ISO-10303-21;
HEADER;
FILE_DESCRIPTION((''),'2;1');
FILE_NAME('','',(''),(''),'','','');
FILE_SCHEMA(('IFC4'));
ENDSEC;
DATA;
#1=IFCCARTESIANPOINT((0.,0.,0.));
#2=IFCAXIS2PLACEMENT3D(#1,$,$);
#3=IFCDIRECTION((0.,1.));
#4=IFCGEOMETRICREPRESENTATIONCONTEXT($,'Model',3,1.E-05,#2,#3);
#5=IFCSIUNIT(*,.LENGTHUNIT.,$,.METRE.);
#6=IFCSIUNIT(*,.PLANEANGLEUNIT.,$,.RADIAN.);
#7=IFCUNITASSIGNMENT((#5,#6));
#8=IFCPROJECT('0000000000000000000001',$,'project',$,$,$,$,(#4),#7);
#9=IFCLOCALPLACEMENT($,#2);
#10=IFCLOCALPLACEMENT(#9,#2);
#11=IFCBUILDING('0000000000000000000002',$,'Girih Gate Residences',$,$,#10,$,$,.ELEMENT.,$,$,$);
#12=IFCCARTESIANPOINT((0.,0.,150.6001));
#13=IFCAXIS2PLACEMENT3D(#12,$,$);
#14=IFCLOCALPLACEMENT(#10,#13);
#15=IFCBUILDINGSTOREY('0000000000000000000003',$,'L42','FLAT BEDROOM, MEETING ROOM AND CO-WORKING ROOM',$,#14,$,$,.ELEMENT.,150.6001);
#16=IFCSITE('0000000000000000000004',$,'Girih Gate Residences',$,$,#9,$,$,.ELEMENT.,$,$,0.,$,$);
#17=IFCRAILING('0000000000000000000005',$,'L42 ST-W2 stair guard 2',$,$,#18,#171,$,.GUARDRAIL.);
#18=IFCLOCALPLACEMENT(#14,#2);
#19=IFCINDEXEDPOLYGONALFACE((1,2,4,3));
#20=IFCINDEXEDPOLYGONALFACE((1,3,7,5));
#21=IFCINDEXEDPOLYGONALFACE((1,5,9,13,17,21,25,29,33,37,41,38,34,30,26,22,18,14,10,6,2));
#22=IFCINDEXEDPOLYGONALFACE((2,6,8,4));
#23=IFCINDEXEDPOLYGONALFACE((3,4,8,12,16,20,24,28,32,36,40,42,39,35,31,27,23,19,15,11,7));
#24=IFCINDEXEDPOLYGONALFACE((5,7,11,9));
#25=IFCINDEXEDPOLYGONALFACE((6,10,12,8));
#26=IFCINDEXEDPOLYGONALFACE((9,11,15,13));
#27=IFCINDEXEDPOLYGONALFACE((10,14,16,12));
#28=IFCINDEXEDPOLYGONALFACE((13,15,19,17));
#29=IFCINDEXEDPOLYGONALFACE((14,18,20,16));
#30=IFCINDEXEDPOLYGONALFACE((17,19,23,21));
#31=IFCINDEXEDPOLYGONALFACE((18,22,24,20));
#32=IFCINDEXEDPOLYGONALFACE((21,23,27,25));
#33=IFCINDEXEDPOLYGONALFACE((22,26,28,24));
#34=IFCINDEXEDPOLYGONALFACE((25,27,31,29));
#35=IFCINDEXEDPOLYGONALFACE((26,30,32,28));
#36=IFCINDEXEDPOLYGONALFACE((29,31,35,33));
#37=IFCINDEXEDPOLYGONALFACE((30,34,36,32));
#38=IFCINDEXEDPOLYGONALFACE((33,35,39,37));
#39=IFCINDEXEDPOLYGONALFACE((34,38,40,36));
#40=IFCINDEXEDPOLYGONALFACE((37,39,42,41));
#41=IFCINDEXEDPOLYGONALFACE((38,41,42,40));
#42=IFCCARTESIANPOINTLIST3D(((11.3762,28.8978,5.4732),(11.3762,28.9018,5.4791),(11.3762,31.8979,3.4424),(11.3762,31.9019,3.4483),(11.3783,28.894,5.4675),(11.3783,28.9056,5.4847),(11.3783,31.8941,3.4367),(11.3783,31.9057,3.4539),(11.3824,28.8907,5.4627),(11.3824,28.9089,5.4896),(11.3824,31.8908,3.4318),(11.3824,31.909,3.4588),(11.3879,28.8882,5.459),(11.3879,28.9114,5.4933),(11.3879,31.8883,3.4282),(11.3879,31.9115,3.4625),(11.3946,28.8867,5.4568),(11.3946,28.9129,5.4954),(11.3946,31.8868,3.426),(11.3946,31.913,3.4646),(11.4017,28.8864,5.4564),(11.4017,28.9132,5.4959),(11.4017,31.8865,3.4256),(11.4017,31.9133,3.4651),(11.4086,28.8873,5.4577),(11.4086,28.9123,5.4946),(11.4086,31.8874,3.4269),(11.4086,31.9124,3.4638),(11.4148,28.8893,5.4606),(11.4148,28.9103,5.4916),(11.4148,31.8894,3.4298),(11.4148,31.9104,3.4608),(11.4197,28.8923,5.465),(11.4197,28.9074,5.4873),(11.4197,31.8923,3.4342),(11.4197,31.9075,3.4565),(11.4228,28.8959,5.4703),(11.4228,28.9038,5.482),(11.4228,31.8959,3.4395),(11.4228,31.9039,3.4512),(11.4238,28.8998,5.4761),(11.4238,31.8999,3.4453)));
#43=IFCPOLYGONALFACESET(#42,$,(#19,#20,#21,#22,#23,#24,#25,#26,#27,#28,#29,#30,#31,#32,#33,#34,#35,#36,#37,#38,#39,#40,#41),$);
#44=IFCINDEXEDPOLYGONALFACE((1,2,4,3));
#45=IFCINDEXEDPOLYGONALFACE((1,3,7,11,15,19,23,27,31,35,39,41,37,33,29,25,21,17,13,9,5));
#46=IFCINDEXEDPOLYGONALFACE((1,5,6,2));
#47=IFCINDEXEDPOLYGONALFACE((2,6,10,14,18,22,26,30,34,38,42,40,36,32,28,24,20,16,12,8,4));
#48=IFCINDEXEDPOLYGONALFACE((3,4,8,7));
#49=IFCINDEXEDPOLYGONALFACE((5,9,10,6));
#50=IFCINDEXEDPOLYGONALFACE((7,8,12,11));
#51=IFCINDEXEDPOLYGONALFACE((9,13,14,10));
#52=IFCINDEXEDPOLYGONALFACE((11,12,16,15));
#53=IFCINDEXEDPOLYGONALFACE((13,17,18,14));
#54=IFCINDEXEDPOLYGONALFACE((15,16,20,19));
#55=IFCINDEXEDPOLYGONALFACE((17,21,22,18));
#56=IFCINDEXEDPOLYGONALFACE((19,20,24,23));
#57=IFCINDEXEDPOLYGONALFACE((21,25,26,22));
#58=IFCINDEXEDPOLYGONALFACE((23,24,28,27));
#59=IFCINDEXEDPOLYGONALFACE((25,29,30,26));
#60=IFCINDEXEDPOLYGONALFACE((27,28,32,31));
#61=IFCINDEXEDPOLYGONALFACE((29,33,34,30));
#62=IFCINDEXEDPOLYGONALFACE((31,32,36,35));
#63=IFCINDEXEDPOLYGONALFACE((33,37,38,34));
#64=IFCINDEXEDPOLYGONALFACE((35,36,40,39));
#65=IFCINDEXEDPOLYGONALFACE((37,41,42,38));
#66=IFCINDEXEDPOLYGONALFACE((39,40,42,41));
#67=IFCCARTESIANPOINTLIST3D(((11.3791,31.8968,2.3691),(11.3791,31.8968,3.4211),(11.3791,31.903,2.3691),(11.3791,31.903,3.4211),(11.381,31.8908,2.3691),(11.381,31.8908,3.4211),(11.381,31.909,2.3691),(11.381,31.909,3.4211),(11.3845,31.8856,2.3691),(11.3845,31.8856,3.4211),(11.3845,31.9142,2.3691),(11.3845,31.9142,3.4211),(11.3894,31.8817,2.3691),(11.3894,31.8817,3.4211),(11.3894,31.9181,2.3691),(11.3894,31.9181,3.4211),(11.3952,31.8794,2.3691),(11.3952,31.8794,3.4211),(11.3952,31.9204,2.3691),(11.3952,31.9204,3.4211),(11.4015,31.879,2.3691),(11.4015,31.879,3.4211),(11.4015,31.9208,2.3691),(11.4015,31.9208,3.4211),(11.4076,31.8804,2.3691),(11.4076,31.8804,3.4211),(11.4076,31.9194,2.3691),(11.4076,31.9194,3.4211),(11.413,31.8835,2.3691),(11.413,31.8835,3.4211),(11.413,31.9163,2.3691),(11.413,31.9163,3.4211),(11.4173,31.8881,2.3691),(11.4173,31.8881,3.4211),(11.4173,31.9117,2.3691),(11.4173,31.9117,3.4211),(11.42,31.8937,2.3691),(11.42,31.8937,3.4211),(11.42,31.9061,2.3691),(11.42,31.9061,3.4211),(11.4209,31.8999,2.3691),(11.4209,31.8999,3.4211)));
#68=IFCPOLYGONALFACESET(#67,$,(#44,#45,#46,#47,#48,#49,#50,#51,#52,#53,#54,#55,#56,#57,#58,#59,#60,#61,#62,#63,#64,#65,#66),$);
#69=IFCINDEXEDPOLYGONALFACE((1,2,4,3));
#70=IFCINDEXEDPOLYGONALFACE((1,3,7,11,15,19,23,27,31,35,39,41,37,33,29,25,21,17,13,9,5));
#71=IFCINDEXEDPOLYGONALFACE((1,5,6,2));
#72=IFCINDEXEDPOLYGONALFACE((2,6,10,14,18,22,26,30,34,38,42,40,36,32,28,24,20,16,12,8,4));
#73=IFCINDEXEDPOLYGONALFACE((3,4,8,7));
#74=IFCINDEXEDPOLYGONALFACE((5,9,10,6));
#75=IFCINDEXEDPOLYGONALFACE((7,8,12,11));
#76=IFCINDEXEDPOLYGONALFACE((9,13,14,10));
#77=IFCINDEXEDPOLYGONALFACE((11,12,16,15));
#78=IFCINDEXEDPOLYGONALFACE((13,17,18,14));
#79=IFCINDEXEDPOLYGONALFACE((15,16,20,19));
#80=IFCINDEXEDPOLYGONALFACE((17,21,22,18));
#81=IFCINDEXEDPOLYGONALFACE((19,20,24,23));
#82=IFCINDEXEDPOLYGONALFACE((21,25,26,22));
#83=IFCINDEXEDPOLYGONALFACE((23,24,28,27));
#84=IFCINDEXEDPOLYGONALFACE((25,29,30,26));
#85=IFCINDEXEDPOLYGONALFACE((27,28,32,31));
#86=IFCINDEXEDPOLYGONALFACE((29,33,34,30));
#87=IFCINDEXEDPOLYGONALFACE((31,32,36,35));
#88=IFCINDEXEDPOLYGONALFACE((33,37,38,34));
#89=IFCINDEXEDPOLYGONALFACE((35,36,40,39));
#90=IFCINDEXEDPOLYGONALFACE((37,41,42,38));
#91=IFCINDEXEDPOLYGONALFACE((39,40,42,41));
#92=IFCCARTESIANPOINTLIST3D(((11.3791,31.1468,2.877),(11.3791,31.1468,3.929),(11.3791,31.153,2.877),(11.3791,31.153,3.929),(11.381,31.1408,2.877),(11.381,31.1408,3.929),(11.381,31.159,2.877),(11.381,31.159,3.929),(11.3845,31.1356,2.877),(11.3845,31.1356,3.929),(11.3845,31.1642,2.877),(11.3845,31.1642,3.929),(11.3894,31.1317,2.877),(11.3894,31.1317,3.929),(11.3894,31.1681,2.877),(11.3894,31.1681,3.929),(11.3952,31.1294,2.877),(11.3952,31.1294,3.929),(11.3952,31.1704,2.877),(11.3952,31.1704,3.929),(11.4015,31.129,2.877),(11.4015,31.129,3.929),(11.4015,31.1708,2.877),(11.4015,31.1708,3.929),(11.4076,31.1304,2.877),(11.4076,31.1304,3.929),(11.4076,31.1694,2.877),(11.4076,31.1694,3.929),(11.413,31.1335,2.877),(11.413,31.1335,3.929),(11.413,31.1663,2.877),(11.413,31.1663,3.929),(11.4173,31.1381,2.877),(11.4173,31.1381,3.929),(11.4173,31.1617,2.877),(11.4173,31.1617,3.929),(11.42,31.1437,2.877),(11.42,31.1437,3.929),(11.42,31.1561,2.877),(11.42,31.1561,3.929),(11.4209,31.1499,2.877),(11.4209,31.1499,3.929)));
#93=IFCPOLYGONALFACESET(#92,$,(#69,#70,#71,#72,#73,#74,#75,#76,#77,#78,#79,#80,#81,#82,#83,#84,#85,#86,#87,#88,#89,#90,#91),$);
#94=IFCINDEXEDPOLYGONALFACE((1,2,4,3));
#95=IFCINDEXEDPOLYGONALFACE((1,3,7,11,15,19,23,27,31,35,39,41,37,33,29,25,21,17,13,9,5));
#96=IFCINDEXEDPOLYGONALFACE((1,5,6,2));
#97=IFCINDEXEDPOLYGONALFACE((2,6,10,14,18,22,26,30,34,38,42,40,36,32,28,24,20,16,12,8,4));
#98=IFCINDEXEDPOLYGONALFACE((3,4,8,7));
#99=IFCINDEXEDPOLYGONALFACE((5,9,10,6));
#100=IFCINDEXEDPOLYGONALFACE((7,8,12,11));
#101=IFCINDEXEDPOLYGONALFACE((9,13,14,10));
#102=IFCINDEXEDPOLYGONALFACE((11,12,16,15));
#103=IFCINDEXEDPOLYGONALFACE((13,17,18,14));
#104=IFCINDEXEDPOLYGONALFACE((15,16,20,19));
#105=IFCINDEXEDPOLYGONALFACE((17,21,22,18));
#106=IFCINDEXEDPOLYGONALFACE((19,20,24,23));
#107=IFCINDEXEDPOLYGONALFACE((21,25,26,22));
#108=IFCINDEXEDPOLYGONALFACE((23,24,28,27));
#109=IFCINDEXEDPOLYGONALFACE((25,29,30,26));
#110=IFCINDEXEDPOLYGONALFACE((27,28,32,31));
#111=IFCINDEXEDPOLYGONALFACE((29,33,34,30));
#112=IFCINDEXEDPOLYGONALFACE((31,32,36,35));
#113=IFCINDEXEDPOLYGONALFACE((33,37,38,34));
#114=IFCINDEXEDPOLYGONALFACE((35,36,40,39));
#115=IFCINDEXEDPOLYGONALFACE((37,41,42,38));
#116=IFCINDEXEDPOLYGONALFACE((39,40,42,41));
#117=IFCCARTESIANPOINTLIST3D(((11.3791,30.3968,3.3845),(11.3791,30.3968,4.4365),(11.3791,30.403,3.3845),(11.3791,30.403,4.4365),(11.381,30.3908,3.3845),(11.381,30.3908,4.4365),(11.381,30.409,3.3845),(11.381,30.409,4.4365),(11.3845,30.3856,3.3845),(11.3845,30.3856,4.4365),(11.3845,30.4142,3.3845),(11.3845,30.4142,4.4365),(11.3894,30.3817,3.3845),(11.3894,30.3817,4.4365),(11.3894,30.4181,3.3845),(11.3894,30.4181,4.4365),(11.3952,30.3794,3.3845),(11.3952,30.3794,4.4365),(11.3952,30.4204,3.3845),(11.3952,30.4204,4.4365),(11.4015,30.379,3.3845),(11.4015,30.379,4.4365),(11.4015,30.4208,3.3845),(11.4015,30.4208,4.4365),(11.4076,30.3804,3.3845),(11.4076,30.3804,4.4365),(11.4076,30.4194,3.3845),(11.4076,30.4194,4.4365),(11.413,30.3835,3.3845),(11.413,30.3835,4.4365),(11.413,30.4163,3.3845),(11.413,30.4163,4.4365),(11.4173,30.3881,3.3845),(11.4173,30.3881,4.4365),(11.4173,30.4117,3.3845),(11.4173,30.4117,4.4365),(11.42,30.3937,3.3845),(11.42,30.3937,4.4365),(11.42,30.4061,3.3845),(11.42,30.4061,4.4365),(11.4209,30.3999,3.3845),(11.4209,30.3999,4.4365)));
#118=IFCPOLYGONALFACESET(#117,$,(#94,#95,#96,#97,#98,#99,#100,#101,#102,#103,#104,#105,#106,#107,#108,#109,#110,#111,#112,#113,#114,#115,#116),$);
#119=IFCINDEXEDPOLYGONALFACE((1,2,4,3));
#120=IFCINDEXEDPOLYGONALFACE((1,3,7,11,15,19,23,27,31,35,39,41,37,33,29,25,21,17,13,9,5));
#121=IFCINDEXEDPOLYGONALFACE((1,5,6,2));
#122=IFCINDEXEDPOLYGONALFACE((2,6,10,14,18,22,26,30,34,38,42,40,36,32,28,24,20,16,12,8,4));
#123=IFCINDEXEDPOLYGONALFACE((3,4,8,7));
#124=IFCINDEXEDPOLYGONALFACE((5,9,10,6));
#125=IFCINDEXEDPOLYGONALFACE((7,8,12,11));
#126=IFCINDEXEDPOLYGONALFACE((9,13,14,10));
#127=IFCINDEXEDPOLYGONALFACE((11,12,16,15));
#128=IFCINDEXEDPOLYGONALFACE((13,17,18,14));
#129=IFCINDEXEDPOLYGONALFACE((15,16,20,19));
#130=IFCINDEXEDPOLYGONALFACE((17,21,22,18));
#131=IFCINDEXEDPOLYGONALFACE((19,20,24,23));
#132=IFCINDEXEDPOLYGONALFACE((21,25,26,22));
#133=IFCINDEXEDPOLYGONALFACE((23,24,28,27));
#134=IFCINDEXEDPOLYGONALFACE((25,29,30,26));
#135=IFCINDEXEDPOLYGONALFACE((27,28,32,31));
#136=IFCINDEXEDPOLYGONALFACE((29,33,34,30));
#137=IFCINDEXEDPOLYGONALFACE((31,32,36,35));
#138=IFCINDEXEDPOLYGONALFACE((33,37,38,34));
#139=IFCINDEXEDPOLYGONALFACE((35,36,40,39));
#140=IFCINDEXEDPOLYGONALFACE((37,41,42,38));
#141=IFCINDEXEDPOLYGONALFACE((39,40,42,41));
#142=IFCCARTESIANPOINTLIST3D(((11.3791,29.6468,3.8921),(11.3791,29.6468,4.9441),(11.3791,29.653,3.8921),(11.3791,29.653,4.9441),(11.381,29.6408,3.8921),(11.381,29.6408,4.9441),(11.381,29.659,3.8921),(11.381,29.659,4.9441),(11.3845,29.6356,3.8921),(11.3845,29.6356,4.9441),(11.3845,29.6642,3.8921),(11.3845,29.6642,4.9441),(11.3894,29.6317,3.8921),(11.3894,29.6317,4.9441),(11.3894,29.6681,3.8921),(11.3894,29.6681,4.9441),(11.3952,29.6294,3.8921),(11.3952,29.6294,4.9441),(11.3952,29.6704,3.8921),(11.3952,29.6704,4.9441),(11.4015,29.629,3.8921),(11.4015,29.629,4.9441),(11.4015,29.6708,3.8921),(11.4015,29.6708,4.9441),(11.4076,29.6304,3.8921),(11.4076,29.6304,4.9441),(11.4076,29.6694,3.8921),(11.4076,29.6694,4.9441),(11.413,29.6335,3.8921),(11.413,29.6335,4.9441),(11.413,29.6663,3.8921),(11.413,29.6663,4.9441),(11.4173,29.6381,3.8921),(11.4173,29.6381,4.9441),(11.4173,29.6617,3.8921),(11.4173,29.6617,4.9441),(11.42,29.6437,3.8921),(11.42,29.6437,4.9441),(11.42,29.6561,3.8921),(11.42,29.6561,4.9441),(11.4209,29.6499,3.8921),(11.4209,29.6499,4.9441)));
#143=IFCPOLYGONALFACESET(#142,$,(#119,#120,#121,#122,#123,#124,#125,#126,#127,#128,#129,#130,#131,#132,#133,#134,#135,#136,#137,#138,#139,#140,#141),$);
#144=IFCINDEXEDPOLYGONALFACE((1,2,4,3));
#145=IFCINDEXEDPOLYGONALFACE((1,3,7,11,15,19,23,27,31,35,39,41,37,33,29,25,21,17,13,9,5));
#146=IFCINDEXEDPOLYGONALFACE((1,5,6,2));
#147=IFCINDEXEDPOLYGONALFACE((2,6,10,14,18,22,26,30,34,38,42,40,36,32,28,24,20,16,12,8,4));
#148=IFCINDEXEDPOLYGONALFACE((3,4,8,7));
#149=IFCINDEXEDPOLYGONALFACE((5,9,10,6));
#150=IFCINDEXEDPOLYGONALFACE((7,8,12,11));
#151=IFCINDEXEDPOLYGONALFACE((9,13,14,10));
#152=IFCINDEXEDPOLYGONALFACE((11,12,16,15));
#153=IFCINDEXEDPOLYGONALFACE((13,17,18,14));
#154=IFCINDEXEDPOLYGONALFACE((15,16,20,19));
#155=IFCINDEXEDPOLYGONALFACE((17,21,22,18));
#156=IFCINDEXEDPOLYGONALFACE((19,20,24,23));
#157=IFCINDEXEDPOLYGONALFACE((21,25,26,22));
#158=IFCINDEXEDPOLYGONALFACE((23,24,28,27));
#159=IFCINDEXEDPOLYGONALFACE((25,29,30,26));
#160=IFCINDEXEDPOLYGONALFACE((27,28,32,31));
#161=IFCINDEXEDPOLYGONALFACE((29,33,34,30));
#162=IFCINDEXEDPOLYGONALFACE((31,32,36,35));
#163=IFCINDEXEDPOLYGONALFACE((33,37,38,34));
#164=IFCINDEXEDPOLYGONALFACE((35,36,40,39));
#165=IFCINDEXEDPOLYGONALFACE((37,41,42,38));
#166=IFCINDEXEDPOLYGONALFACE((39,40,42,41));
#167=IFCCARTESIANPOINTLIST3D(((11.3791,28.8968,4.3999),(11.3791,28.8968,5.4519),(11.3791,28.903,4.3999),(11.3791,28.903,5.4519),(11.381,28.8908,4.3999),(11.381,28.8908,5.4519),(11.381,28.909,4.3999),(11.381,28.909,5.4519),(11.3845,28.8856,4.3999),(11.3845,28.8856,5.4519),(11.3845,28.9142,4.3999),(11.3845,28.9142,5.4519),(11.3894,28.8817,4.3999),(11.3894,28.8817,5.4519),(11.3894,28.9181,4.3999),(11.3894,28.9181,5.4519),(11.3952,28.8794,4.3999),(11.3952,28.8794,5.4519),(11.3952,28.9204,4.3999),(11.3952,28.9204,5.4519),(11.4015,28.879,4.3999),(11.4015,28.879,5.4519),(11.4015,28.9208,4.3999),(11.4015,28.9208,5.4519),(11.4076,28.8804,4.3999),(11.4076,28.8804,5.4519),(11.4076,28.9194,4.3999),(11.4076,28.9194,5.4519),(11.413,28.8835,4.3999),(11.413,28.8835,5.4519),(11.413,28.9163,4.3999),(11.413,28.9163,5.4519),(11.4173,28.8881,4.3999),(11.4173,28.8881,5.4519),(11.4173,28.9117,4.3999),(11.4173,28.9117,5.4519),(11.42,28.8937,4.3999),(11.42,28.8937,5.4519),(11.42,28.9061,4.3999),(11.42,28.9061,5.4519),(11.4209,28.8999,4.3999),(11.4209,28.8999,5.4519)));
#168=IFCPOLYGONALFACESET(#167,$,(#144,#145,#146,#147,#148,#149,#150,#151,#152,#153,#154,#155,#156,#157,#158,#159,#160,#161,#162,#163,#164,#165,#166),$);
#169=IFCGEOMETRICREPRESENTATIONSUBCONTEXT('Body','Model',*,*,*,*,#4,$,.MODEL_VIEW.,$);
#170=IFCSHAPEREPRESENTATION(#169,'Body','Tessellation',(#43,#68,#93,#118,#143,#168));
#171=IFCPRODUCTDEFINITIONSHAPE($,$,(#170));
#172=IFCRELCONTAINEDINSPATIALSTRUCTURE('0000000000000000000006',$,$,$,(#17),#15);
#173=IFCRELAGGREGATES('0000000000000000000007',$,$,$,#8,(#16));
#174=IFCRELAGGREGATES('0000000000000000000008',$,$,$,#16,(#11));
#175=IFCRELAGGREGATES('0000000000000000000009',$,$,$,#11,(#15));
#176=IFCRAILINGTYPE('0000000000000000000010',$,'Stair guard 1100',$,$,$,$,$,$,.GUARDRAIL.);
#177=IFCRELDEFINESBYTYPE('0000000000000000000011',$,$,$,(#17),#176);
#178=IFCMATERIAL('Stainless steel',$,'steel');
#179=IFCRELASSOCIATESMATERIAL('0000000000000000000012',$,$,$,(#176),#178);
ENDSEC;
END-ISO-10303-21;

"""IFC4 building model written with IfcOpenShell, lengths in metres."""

from ifc_helpers import new_model, si_unit, direction, frame, origin, origin_2d, place, context, subcontext, project, spatial, circle, extrude, material, type_object, element, save


model = new_model("IFC4")

# Units and contexts
model_context = context("Model", 3, precision=1e-05, world=origin(), true_north=direction((0.0, 1.0)))
body_context = subcontext(model_context, "Body", "Model", "MODEL_VIEW")
ifc_project = project(units=[si_unit("LENGTHUNIT", "METRE"), si_unit("PLANEANGLEUNIT", "RADIAN")], contexts=[model_context])

# Site, building, storey
site_placement = place(None, origin())
site = spatial("IfcSite", under=ifc_project, at=site_placement, Name="Girih Gate Residences", CompositionType="ELEMENT", RefElevation=0.0)
building_placement = place(site_placement, origin())
building = spatial("IfcBuilding", under=site, at=building_placement, Name="Girih Gate Residences", CompositionType="ELEMENT")
storey_placement = place(building_placement, frame((0.0, 0.0, 150.6001)))
storey = spatial("IfcBuildingStorey", under=building, at=storey_placement, Name="L42", Description="FLAT BEDROOM, MEETING ROOM AND CO-WORKING ROOM", CompositionType="ELEMENT", Elevation=150.6001)

# Railing
ifc_material_1 = material(Name="Stainless steel", Category="steel")
railing_type_1 = type_object("IfcRailingType", Name="Stair guard 1100", PredefinedType="GUARDRAIL", material=ifc_material_1)
railing_1_placement = place(storey_placement, frame((11.3999, 31.8999, 2.3691)))
element("IfcRailing", 1, at=railing_1_placement, inside=storey, type_object=railing_type_1, Name="L42 ST-W2 stair guard 2", PredefinedType="GUARDRAIL", context=body_context, shape_type="SweptSolid", body=[
    extrude(circle(Radius=0.0239, at=origin_2d()), frame((0.0, 0.0, 1.0762), z_axis=(0.0, -0.82811, 0.560565), x_axis=(1.0, 0.0, 0.0)), (0.0, 0.0, 1.0), 3.6228),
    extrude(circle(Radius=0.021, at=origin_2d()), origin(), (0.0, 0.0, 1.0), 1.052),
    extrude(circle(Radius=0.021, at=origin_2d()), frame((0.0, -0.75, 0.5078)), (0.0, 0.0, 1.0), 1.052),
    extrude(circle(Radius=0.021, at=origin_2d()), frame((0.0, -1.5, 1.0154)), (0.0, 0.0, 1.0), 1.052),
    extrude(circle(Radius=0.021, at=origin_2d()), frame((0.0, -2.25, 1.5229)), (0.0, 0.0, 1.0), 1.052),
    extrude(circle(Radius=0.021, at=origin_2d()), frame((0.0, -3.0, 2.0308)), (0.0, 0.0, 1.0), 1.052),
])

save(model, "model.ifc")
